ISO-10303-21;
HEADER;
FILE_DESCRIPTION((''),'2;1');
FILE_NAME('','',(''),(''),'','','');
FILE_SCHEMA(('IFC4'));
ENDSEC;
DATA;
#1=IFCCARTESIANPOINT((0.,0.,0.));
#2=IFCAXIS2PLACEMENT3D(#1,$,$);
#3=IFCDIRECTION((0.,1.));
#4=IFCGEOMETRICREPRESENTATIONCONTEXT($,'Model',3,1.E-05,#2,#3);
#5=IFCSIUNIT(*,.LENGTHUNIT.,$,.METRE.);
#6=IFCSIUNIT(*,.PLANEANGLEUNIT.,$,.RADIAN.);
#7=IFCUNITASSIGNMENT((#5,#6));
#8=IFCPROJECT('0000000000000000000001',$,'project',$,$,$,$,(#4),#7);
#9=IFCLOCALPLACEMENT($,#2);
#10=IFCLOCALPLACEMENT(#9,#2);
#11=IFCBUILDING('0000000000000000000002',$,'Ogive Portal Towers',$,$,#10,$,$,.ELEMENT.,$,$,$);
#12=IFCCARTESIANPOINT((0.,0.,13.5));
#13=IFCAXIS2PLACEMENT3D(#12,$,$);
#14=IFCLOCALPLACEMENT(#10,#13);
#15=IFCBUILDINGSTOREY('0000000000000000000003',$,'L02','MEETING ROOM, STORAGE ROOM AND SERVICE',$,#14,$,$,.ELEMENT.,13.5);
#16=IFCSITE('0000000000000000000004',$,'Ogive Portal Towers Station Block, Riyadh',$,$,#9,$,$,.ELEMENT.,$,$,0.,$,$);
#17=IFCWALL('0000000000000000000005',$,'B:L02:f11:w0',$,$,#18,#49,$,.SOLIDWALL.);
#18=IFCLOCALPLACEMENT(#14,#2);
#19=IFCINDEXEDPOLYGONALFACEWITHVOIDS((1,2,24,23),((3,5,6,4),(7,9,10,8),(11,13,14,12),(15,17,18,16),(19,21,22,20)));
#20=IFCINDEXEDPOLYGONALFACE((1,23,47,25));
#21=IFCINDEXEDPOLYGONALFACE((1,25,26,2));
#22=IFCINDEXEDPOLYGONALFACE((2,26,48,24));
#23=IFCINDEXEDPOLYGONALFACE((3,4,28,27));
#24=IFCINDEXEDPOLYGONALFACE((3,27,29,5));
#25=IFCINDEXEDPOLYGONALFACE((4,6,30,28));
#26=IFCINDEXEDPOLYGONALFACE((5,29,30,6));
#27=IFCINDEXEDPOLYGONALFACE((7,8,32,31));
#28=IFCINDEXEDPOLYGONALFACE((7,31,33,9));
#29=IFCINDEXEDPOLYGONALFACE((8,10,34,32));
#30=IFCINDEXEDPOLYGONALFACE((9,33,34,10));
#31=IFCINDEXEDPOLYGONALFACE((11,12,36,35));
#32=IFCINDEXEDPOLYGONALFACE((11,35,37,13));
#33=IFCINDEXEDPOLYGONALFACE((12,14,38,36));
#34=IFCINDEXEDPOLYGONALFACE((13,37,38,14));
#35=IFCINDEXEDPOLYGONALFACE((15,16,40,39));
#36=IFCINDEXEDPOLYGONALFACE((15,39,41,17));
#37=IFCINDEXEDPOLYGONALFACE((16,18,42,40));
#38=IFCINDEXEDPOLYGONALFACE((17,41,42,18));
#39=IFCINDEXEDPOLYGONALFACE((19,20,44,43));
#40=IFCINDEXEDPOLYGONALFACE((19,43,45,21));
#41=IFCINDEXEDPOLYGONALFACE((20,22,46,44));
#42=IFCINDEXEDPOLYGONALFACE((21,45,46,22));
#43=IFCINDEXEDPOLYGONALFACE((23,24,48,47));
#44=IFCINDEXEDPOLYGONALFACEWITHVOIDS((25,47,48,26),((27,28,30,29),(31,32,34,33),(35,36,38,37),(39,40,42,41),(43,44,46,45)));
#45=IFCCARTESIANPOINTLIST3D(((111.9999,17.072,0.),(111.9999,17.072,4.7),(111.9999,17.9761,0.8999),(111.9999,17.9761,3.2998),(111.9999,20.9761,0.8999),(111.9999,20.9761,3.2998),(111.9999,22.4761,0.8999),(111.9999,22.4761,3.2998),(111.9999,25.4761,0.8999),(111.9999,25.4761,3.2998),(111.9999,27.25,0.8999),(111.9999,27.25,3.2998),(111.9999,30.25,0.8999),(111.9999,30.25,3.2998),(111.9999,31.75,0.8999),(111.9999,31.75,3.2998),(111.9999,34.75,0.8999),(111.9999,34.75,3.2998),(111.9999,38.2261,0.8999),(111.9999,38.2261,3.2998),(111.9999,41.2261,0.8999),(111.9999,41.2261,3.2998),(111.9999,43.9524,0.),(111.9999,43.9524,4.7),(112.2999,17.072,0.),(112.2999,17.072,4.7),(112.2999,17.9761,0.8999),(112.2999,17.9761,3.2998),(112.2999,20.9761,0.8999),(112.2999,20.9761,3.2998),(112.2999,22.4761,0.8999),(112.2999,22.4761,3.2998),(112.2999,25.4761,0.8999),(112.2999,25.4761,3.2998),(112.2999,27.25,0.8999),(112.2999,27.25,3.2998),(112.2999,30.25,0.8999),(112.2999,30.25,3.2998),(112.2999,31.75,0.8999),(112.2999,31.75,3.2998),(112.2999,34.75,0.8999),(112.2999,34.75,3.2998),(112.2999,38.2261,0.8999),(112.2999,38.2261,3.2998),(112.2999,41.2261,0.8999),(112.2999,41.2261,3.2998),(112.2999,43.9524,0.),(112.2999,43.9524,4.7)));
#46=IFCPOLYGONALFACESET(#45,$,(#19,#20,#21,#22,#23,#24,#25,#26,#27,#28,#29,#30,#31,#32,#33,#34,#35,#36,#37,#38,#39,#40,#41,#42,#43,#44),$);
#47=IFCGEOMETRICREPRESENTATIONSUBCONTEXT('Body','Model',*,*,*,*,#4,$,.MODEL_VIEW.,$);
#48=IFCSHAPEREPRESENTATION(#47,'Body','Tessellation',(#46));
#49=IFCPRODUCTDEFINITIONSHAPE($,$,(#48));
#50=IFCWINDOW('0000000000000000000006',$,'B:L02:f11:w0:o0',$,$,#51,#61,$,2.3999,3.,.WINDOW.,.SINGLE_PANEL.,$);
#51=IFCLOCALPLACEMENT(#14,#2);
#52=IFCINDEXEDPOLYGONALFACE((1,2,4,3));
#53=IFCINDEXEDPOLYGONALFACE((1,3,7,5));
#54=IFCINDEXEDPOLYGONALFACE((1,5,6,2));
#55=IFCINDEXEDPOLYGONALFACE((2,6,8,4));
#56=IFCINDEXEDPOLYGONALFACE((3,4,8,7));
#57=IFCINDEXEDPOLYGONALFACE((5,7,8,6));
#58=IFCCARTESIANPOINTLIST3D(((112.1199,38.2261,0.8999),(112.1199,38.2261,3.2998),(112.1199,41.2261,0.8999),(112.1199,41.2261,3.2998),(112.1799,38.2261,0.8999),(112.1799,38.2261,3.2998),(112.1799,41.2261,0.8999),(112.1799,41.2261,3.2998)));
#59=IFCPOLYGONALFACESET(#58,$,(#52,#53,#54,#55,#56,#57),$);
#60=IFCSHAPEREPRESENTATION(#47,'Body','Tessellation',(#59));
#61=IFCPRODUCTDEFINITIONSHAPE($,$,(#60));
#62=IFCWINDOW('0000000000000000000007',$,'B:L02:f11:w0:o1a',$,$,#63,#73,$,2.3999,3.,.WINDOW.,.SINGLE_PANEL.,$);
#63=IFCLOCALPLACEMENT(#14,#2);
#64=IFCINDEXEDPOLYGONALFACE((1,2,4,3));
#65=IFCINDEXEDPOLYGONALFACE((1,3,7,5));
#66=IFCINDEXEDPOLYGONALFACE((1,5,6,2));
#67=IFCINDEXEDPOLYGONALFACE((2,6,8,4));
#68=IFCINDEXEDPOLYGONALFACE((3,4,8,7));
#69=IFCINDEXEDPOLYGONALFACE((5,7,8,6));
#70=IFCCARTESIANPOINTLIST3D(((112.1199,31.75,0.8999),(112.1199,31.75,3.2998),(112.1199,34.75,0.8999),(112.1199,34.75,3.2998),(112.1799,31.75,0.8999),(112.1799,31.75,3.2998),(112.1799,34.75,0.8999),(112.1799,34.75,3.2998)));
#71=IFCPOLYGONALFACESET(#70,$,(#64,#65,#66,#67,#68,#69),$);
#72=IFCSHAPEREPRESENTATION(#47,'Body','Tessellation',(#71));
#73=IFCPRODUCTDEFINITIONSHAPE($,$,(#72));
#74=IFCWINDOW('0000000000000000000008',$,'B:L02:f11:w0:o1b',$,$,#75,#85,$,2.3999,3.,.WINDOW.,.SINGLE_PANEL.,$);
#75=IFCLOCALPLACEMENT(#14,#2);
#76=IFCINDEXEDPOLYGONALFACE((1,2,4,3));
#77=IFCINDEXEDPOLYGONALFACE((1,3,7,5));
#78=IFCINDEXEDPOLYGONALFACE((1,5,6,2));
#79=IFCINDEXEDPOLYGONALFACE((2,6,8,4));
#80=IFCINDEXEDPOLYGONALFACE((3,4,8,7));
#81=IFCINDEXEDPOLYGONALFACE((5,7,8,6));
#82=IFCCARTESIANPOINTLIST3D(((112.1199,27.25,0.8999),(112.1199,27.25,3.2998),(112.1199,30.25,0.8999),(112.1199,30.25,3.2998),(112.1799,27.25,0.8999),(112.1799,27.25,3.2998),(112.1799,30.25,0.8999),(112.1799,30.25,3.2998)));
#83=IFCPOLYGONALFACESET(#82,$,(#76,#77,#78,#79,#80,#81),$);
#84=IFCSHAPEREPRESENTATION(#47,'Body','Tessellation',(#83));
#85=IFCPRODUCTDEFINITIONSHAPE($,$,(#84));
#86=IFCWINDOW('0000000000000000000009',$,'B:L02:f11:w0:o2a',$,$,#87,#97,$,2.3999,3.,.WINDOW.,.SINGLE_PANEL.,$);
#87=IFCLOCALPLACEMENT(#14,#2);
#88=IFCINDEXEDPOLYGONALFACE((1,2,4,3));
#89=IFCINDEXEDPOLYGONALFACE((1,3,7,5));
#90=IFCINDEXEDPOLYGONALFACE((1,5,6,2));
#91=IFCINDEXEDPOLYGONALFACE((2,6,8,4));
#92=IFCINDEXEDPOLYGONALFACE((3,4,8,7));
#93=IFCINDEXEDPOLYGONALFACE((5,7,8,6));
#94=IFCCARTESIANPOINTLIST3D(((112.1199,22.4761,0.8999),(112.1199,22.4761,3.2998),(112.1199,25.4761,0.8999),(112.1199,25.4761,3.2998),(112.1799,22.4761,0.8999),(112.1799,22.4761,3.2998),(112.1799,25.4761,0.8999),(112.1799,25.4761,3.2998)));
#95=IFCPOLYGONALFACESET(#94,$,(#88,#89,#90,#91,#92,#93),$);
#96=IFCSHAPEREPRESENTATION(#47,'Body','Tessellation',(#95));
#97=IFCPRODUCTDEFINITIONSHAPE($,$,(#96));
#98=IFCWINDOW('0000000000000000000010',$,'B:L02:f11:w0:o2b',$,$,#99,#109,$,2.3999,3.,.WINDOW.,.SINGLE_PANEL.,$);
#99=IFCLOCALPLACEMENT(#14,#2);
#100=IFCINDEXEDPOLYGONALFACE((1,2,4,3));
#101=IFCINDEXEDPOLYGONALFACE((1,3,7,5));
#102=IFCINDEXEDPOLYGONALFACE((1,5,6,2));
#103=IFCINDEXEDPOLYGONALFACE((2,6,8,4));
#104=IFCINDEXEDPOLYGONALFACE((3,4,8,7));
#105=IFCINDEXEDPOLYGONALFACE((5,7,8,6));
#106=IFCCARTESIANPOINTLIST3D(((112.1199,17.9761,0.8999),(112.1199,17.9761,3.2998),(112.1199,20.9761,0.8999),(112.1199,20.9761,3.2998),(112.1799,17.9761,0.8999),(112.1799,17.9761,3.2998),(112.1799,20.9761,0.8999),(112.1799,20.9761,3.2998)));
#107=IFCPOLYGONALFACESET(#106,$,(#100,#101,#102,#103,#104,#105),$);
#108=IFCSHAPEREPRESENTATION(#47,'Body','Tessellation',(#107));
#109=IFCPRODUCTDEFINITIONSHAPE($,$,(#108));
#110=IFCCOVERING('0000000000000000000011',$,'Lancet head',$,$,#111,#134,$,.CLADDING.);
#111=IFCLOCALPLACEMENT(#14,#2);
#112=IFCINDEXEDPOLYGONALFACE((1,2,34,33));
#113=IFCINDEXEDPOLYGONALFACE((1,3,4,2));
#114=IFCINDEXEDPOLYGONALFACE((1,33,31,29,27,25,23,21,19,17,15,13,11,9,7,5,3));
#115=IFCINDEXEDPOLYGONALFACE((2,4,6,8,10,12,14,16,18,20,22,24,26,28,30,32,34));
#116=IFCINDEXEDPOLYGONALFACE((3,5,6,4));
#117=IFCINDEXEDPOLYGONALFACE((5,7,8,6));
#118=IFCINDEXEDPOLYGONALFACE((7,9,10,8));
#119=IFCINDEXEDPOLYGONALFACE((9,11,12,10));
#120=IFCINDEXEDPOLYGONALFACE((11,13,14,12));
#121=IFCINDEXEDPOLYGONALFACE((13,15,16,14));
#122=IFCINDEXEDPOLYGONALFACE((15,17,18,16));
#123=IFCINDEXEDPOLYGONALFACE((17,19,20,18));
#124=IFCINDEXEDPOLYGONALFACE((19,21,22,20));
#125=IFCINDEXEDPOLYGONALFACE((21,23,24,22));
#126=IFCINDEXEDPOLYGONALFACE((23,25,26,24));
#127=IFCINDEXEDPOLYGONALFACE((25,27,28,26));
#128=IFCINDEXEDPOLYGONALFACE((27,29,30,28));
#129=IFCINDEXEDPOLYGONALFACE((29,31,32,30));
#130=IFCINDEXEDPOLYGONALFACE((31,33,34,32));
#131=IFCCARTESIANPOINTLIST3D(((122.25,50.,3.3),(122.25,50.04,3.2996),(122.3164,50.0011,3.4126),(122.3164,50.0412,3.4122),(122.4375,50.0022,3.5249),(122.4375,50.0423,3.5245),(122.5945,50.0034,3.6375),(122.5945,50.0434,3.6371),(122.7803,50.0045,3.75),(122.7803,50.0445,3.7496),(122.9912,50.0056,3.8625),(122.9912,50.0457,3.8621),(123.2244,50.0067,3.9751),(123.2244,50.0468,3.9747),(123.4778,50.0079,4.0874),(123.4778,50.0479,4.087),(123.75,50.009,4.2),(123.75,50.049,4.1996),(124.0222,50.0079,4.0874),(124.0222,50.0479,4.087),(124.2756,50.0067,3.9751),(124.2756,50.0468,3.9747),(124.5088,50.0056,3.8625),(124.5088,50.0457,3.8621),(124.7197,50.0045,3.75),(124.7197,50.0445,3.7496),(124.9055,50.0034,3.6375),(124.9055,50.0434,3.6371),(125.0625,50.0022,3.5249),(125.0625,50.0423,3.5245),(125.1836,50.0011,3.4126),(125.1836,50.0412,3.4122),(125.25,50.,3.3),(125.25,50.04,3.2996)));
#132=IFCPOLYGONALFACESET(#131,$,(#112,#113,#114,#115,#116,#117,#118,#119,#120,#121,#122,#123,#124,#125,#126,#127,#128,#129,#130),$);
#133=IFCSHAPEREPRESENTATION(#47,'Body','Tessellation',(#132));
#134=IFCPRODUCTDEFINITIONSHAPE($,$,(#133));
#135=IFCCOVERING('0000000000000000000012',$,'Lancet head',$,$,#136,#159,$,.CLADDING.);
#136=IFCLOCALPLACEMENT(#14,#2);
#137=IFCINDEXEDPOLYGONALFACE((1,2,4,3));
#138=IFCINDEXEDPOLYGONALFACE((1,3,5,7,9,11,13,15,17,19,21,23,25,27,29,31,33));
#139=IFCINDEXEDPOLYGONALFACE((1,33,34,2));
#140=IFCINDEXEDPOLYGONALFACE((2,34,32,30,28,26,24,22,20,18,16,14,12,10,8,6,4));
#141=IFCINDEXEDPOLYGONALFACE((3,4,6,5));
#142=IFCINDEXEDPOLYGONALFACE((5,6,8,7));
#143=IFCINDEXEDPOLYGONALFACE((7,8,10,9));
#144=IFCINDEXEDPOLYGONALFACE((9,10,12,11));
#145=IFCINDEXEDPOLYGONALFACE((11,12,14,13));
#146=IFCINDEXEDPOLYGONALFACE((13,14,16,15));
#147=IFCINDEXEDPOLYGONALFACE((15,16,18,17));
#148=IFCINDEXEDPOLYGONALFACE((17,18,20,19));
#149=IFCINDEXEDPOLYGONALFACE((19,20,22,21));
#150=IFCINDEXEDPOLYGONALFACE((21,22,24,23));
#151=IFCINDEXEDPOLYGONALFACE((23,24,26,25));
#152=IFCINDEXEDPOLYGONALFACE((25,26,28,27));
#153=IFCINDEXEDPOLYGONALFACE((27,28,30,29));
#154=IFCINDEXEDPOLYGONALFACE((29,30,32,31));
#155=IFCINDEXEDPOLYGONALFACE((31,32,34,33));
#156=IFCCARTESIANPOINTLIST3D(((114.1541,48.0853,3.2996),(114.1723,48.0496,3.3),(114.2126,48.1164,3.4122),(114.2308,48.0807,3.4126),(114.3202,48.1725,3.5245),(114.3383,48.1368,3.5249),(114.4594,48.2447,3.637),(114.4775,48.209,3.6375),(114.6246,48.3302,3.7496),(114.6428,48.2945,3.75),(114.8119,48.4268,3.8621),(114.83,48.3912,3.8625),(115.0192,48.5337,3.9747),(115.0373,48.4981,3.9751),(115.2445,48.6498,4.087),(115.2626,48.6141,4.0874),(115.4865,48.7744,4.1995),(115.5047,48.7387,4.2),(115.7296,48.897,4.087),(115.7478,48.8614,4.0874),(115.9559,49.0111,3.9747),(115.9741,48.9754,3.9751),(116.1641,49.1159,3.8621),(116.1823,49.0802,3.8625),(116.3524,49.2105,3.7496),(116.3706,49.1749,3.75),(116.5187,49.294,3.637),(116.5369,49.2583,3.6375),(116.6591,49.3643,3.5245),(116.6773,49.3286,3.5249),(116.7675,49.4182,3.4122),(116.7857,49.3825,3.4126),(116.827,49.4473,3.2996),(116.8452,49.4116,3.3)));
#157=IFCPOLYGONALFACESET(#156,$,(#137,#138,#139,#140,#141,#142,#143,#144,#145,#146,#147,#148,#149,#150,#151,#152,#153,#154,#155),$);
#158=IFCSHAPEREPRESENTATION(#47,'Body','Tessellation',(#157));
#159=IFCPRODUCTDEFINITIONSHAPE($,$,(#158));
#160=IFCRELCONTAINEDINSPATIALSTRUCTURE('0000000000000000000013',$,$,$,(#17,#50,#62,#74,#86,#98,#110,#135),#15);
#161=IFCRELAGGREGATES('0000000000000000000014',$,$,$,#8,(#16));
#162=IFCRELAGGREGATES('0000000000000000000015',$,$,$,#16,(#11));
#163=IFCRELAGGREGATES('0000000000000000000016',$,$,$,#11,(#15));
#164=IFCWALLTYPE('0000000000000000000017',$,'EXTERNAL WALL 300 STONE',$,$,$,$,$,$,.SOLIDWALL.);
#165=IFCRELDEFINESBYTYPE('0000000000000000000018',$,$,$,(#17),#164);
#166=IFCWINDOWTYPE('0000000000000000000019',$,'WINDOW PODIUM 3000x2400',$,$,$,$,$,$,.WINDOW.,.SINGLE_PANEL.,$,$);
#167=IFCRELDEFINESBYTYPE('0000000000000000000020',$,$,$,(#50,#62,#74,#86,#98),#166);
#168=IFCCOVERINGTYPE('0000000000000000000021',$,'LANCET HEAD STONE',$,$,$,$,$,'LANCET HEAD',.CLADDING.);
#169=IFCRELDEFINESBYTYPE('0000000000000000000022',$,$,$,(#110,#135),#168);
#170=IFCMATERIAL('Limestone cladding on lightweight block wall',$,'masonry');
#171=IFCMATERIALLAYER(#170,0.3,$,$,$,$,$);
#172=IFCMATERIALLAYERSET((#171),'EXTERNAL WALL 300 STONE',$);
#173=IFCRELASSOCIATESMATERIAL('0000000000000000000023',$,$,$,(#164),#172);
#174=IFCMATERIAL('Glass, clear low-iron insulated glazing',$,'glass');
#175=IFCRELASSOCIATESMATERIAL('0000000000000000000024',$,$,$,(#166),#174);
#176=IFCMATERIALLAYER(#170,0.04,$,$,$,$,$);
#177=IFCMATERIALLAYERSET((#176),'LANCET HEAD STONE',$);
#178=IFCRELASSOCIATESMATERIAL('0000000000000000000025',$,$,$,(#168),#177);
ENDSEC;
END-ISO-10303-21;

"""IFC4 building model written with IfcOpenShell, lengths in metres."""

from ifc_helpers import new_model, si_unit, direction, frame, frame_2d, origin, place, context, subcontext, project, spatial, polyline, rectangle, outline, extrude, material, layer, layer_set, type_object, element, fill, save


model = new_model("IFC4")

# Units and contexts
model_context = context("Model", 3, precision=1e-05, world=origin(), true_north=direction((0.0, 1.0)))
body_context = subcontext(model_context, "Body", "Model", "MODEL_VIEW")
ifc_project = project(units=[si_unit("LENGTHUNIT", "METRE"), si_unit("PLANEANGLEUNIT", "RADIAN")], contexts=[model_context])

# Site, building, storey
site_placement = place(None, origin())
site = spatial("IfcSite", under=ifc_project, at=site_placement, Name="Ogive Portal Towers Station Block, Riyadh", CompositionType="ELEMENT", RefElevation=0.0)
building_placement = place(site_placement, origin())
building = spatial("IfcBuilding", under=site, at=building_placement, Name="Ogive Portal Towers", CompositionType="ELEMENT")
storey_placement = place(building_placement, frame((0.0, 0.0, 13.5)))
storey = spatial("IfcBuildingStorey", under=building, at=storey_placement, Name="L02", Description="MEETING ROOM, STORAGE ROOM AND SERVICE", CompositionType="ELEMENT", Elevation=13.5)

# Shared definitions
ifc_material_1 = material(Name="Limestone cladding on lightweight block wall", Category="masonry")
ifc_layer_1 = layer(ifc_material_1, 0.3)
ifc_layer_set_1 = layer_set([ifc_layer_1], Name="EXTERNAL WALL 300 STONE")
wall_type = type_object("IfcWallType", Name="EXTERNAL WALL 300 STONE", PredefinedType="SOLIDWALL", material=ifc_layer_set_1)
ifc_material_2 = material(Name="Glass, clear low-iron insulated glazing", Category="glass")
window_type = type_object("IfcWindowType", Name="WINDOW PODIUM 3000x2400", PartitioningType="SINGLE_PANEL", PredefinedType="WINDOW", material=ifc_material_2)

# Wall, openings, windows
wall_1_placement = place(storey_placement, frame((112.1499, 43.9524, 0.0), z_axis=(0.0, 0.0, 1.0), x_axis=(0.0, -1.0, 0.0)))
wall_1 = element("IfcWall", 1, at=wall_1_placement, inside=storey, type_object=wall_type, Name="B:L02:f11:w0", PredefinedType="SOLIDWALL", context=body_context, shape_type="SweptSolid", body=[
    extrude(rectangle(XDim=26.8804, YDim=0.3, at=frame_2d((13.4402, 0.0))), origin(), (0.0, 0.0, 1.0), 4.7),
])
opening_1_placement = place(wall_1_placement, frame((2.7263, 0.0, 0.8999)))
opening_1 = element("IfcOpeningElement", 2, at=opening_1_placement, cuts=wall_1, PredefinedType="OPENING", context=body_context, shape_type="SweptSolid", body=[
    extrude(rectangle(XDim=3.0, YDim=2.3999, at=frame_2d((1.5, 1.2))), frame((0.0, 0.1602, 0.0), z_axis=(0.0, -1.0, 0.0), x_axis=(1.0, 0.0, 0.0)), (0.0, 0.0, 1.0), 0.3201),
])
opening_2_placement = place(wall_1_placement, frame((9.2024, 0.0, 0.8999)))
opening_2 = element("IfcOpeningElement", 3, at=opening_2_placement, cuts=wall_1, PredefinedType="OPENING", context=body_context, shape_type="SweptSolid", body=[
    extrude(rectangle(XDim=3.0, YDim=2.3999, at=frame_2d((1.5, 1.2))), frame((0.0, 0.1602, 0.0), z_axis=(0.0, -1.0, 0.0), x_axis=(1.0, 0.0, 0.0)), (0.0, 0.0, 1.0), 0.3201),
])
opening_3_placement = place(wall_1_placement, frame((13.7024, 0.0, 0.8999)))
opening_3 = element("IfcOpeningElement", 4, at=opening_3_placement, cuts=wall_1, PredefinedType="OPENING", context=body_context, shape_type="SweptSolid", body=[
    extrude(rectangle(XDim=3.0, YDim=2.3999, at=frame_2d((1.5, 1.2))), frame((0.0, 0.1602, 0.0), z_axis=(0.0, -1.0, 0.0), x_axis=(1.0, 0.0, 0.0)), (0.0, 0.0, 1.0), 0.3201),
])
opening_4_placement = place(wall_1_placement, frame((18.4763, 0.0, 0.8999)))
opening_4 = element("IfcOpeningElement", 5, at=opening_4_placement, cuts=wall_1, PredefinedType="OPENING", context=body_context, shape_type="SweptSolid", body=[
    extrude(rectangle(XDim=3.0, YDim=2.3999, at=frame_2d((1.5, 1.2))), frame((0.0, 0.1602, 0.0), z_axis=(0.0, -1.0, 0.0), x_axis=(1.0, 0.0, 0.0)), (0.0, 0.0, 1.0), 0.3201),
])
opening_5_placement = place(wall_1_placement, frame((22.9763, 0.0, 0.8999)))
opening_5 = element("IfcOpeningElement", 6, at=opening_5_placement, cuts=wall_1, PredefinedType="OPENING", context=body_context, shape_type="SweptSolid", body=[
    extrude(rectangle(XDim=3.0, YDim=2.3999, at=frame_2d((1.5, 1.2))), frame((0.0, 0.1602, 0.0), z_axis=(0.0, -1.0, 0.0), x_axis=(1.0, 0.0, 0.0)), (0.0, 0.0, 1.0), 0.3201),
])
window_1_placement = place(opening_1_placement, origin())
window_1 = element("IfcWindow", 7, at=window_1_placement, inside=storey, type_object=window_type, Name="B:L02:f11:w0:o0", OverallHeight=2.3999, OverallWidth=3.0, PartitioningType="SINGLE_PANEL", PredefinedType="WINDOW", context=body_context, shape_type="SweptSolid", body=[
    extrude(rectangle(XDim=3.0, YDim=2.3999, at=frame_2d((1.5, 1.2))), frame((0.0, 0.03, 0.0), z_axis=(0.0, -1.0, 0.0), x_axis=(1.0, 0.0, 0.0)), (0.0, 0.0, 1.0), 0.0601),
])
fill(opening_1, window_1)
window_2_placement = place(opening_2_placement, origin())
window_2 = element("IfcWindow", 8, at=window_2_placement, inside=storey, type_object=window_type, Name="B:L02:f11:w0:o1a", OverallHeight=2.3999, OverallWidth=3.0, PartitioningType="SINGLE_PANEL", PredefinedType="WINDOW", context=body_context, shape_type="SweptSolid", body=[
    extrude(rectangle(XDim=3.0, YDim=2.3999, at=frame_2d((1.5, 1.2))), frame((0.0, 0.03, 0.0), z_axis=(0.0, -1.0, 0.0), x_axis=(1.0, 0.0, 0.0)), (0.0, 0.0, 1.0), 0.0601),
])
fill(opening_2, window_2)
window_3_placement = place(opening_3_placement, origin())
window_3 = element("IfcWindow", 9, at=window_3_placement, inside=storey, type_object=window_type, Name="B:L02:f11:w0:o1b", OverallHeight=2.3999, OverallWidth=3.0, PartitioningType="SINGLE_PANEL", PredefinedType="WINDOW", context=body_context, shape_type="SweptSolid", body=[
    extrude(rectangle(XDim=3.0, YDim=2.3999, at=frame_2d((1.5, 1.2))), frame((0.0, 0.03, 0.0), z_axis=(0.0, -1.0, 0.0), x_axis=(1.0, 0.0, 0.0)), (0.0, 0.0, 1.0), 0.0601),
])
fill(opening_3, window_3)
window_4_placement = place(opening_4_placement, origin())
window_4 = element("IfcWindow", 10, at=window_4_placement, inside=storey, type_object=window_type, Name="B:L02:f11:w0:o2a", OverallHeight=2.3999, OverallWidth=3.0, PartitioningType="SINGLE_PANEL", PredefinedType="WINDOW", context=body_context, shape_type="SweptSolid", body=[
    extrude(rectangle(XDim=3.0, YDim=2.3999, at=frame_2d((1.5, 1.2))), frame((0.0, 0.03, 0.0), z_axis=(0.0, -1.0, 0.0), x_axis=(1.0, 0.0, 0.0)), (0.0, 0.0, 1.0), 0.0601),
])
fill(opening_4, window_4)
window_5_placement = place(opening_5_placement, origin())
window_5 = element("IfcWindow", 11, at=window_5_placement, inside=storey, type_object=window_type, Name="B:L02:f11:w0:o2b", OverallHeight=2.3999, OverallWidth=3.0, PartitioningType="SINGLE_PANEL", PredefinedType="WINDOW", context=body_context, shape_type="SweptSolid", body=[
    extrude(rectangle(XDim=3.0, YDim=2.3999, at=frame_2d((1.5, 1.2))), frame((0.0, 0.03, 0.0), z_axis=(0.0, -1.0, 0.0), x_axis=(1.0, 0.0, 0.0)), (0.0, 0.0, 1.0), 0.0601),
])
fill(opening_5, window_5)

# Coverings
ifc_layer_2 = layer(ifc_material_1, 0.04)
ifc_layer_set_2 = layer_set([ifc_layer_2], Name="LANCET HEAD STONE")
covering_type_1 = type_object("IfcCoveringType", Name="LANCET HEAD STONE", ElementType="LANCET HEAD", PredefinedType="CLADDING", material=ifc_layer_set_2)
covering_1_placement = place(storey_placement, frame((125.25, 50.0, 3.3), z_axis=(0.0, -0.99995, 0.009994), x_axis=(-1.0, 0.0, 0.0)))
element("IfcCovering", 12, at=covering_1_placement, inside=storey, type_object=covering_type_1, Name="Lancet head", PredefinedType="CLADDING", context=body_context, shape_type="SweptSolid", body=[
    extrude(outline(polyline([(0.0, 0.0), (3.0, 0.0), (2.9336, -0.1126), (2.8125, -0.2249), (2.6555, -0.3374), (2.4697, -0.45), (2.2588, -0.5625), (2.0256, -0.6751), (1.7722, -0.7874), (1.5, -0.8999), (1.2278, -0.7874), (0.9744, -0.6751), (0.7412, -0.5625), (0.5303, -0.45), (0.3445, -0.3374), (0.1875, -0.2249), (0.0664, -0.1126), (0.0, 0.0)])), origin(), (0.0, 0.0, -1.0), 0.04),
])
covering_2_placement = place(storey_placement, frame((116.8452, 49.4116, 3.3), z_axis=(0.453987, -0.890951, 0.010108), x_axis=(-0.890997, -0.45401, 0.0)))
element("IfcCovering", 13, at=covering_2_placement, inside=storey, type_object=covering_type_1, Name="Lancet head", PredefinedType="CLADDING", context=body_context, shape_type="SweptSolid", body=[
    extrude(outline(polyline([(0.0, 0.0), (2.9999, 0.0), (2.9337, -0.1126), (2.8124, -0.2249), (2.6556, -0.3374), (2.4695, -0.45), (2.2588, -0.5625), (2.0256, -0.6751), (1.7721, -0.7874), (1.4999, -0.8999), (1.2276, -0.7874), (0.9742, -0.6751), (0.7411, -0.5625), (0.5304, -0.45), (0.3443, -0.3374), (0.1873, -0.2249), (0.0663, -0.1126), (0.0, 0.0)])), origin(), (0.0, 0.0, -1.0), 0.04),
])

save(model, "model.ifc")
